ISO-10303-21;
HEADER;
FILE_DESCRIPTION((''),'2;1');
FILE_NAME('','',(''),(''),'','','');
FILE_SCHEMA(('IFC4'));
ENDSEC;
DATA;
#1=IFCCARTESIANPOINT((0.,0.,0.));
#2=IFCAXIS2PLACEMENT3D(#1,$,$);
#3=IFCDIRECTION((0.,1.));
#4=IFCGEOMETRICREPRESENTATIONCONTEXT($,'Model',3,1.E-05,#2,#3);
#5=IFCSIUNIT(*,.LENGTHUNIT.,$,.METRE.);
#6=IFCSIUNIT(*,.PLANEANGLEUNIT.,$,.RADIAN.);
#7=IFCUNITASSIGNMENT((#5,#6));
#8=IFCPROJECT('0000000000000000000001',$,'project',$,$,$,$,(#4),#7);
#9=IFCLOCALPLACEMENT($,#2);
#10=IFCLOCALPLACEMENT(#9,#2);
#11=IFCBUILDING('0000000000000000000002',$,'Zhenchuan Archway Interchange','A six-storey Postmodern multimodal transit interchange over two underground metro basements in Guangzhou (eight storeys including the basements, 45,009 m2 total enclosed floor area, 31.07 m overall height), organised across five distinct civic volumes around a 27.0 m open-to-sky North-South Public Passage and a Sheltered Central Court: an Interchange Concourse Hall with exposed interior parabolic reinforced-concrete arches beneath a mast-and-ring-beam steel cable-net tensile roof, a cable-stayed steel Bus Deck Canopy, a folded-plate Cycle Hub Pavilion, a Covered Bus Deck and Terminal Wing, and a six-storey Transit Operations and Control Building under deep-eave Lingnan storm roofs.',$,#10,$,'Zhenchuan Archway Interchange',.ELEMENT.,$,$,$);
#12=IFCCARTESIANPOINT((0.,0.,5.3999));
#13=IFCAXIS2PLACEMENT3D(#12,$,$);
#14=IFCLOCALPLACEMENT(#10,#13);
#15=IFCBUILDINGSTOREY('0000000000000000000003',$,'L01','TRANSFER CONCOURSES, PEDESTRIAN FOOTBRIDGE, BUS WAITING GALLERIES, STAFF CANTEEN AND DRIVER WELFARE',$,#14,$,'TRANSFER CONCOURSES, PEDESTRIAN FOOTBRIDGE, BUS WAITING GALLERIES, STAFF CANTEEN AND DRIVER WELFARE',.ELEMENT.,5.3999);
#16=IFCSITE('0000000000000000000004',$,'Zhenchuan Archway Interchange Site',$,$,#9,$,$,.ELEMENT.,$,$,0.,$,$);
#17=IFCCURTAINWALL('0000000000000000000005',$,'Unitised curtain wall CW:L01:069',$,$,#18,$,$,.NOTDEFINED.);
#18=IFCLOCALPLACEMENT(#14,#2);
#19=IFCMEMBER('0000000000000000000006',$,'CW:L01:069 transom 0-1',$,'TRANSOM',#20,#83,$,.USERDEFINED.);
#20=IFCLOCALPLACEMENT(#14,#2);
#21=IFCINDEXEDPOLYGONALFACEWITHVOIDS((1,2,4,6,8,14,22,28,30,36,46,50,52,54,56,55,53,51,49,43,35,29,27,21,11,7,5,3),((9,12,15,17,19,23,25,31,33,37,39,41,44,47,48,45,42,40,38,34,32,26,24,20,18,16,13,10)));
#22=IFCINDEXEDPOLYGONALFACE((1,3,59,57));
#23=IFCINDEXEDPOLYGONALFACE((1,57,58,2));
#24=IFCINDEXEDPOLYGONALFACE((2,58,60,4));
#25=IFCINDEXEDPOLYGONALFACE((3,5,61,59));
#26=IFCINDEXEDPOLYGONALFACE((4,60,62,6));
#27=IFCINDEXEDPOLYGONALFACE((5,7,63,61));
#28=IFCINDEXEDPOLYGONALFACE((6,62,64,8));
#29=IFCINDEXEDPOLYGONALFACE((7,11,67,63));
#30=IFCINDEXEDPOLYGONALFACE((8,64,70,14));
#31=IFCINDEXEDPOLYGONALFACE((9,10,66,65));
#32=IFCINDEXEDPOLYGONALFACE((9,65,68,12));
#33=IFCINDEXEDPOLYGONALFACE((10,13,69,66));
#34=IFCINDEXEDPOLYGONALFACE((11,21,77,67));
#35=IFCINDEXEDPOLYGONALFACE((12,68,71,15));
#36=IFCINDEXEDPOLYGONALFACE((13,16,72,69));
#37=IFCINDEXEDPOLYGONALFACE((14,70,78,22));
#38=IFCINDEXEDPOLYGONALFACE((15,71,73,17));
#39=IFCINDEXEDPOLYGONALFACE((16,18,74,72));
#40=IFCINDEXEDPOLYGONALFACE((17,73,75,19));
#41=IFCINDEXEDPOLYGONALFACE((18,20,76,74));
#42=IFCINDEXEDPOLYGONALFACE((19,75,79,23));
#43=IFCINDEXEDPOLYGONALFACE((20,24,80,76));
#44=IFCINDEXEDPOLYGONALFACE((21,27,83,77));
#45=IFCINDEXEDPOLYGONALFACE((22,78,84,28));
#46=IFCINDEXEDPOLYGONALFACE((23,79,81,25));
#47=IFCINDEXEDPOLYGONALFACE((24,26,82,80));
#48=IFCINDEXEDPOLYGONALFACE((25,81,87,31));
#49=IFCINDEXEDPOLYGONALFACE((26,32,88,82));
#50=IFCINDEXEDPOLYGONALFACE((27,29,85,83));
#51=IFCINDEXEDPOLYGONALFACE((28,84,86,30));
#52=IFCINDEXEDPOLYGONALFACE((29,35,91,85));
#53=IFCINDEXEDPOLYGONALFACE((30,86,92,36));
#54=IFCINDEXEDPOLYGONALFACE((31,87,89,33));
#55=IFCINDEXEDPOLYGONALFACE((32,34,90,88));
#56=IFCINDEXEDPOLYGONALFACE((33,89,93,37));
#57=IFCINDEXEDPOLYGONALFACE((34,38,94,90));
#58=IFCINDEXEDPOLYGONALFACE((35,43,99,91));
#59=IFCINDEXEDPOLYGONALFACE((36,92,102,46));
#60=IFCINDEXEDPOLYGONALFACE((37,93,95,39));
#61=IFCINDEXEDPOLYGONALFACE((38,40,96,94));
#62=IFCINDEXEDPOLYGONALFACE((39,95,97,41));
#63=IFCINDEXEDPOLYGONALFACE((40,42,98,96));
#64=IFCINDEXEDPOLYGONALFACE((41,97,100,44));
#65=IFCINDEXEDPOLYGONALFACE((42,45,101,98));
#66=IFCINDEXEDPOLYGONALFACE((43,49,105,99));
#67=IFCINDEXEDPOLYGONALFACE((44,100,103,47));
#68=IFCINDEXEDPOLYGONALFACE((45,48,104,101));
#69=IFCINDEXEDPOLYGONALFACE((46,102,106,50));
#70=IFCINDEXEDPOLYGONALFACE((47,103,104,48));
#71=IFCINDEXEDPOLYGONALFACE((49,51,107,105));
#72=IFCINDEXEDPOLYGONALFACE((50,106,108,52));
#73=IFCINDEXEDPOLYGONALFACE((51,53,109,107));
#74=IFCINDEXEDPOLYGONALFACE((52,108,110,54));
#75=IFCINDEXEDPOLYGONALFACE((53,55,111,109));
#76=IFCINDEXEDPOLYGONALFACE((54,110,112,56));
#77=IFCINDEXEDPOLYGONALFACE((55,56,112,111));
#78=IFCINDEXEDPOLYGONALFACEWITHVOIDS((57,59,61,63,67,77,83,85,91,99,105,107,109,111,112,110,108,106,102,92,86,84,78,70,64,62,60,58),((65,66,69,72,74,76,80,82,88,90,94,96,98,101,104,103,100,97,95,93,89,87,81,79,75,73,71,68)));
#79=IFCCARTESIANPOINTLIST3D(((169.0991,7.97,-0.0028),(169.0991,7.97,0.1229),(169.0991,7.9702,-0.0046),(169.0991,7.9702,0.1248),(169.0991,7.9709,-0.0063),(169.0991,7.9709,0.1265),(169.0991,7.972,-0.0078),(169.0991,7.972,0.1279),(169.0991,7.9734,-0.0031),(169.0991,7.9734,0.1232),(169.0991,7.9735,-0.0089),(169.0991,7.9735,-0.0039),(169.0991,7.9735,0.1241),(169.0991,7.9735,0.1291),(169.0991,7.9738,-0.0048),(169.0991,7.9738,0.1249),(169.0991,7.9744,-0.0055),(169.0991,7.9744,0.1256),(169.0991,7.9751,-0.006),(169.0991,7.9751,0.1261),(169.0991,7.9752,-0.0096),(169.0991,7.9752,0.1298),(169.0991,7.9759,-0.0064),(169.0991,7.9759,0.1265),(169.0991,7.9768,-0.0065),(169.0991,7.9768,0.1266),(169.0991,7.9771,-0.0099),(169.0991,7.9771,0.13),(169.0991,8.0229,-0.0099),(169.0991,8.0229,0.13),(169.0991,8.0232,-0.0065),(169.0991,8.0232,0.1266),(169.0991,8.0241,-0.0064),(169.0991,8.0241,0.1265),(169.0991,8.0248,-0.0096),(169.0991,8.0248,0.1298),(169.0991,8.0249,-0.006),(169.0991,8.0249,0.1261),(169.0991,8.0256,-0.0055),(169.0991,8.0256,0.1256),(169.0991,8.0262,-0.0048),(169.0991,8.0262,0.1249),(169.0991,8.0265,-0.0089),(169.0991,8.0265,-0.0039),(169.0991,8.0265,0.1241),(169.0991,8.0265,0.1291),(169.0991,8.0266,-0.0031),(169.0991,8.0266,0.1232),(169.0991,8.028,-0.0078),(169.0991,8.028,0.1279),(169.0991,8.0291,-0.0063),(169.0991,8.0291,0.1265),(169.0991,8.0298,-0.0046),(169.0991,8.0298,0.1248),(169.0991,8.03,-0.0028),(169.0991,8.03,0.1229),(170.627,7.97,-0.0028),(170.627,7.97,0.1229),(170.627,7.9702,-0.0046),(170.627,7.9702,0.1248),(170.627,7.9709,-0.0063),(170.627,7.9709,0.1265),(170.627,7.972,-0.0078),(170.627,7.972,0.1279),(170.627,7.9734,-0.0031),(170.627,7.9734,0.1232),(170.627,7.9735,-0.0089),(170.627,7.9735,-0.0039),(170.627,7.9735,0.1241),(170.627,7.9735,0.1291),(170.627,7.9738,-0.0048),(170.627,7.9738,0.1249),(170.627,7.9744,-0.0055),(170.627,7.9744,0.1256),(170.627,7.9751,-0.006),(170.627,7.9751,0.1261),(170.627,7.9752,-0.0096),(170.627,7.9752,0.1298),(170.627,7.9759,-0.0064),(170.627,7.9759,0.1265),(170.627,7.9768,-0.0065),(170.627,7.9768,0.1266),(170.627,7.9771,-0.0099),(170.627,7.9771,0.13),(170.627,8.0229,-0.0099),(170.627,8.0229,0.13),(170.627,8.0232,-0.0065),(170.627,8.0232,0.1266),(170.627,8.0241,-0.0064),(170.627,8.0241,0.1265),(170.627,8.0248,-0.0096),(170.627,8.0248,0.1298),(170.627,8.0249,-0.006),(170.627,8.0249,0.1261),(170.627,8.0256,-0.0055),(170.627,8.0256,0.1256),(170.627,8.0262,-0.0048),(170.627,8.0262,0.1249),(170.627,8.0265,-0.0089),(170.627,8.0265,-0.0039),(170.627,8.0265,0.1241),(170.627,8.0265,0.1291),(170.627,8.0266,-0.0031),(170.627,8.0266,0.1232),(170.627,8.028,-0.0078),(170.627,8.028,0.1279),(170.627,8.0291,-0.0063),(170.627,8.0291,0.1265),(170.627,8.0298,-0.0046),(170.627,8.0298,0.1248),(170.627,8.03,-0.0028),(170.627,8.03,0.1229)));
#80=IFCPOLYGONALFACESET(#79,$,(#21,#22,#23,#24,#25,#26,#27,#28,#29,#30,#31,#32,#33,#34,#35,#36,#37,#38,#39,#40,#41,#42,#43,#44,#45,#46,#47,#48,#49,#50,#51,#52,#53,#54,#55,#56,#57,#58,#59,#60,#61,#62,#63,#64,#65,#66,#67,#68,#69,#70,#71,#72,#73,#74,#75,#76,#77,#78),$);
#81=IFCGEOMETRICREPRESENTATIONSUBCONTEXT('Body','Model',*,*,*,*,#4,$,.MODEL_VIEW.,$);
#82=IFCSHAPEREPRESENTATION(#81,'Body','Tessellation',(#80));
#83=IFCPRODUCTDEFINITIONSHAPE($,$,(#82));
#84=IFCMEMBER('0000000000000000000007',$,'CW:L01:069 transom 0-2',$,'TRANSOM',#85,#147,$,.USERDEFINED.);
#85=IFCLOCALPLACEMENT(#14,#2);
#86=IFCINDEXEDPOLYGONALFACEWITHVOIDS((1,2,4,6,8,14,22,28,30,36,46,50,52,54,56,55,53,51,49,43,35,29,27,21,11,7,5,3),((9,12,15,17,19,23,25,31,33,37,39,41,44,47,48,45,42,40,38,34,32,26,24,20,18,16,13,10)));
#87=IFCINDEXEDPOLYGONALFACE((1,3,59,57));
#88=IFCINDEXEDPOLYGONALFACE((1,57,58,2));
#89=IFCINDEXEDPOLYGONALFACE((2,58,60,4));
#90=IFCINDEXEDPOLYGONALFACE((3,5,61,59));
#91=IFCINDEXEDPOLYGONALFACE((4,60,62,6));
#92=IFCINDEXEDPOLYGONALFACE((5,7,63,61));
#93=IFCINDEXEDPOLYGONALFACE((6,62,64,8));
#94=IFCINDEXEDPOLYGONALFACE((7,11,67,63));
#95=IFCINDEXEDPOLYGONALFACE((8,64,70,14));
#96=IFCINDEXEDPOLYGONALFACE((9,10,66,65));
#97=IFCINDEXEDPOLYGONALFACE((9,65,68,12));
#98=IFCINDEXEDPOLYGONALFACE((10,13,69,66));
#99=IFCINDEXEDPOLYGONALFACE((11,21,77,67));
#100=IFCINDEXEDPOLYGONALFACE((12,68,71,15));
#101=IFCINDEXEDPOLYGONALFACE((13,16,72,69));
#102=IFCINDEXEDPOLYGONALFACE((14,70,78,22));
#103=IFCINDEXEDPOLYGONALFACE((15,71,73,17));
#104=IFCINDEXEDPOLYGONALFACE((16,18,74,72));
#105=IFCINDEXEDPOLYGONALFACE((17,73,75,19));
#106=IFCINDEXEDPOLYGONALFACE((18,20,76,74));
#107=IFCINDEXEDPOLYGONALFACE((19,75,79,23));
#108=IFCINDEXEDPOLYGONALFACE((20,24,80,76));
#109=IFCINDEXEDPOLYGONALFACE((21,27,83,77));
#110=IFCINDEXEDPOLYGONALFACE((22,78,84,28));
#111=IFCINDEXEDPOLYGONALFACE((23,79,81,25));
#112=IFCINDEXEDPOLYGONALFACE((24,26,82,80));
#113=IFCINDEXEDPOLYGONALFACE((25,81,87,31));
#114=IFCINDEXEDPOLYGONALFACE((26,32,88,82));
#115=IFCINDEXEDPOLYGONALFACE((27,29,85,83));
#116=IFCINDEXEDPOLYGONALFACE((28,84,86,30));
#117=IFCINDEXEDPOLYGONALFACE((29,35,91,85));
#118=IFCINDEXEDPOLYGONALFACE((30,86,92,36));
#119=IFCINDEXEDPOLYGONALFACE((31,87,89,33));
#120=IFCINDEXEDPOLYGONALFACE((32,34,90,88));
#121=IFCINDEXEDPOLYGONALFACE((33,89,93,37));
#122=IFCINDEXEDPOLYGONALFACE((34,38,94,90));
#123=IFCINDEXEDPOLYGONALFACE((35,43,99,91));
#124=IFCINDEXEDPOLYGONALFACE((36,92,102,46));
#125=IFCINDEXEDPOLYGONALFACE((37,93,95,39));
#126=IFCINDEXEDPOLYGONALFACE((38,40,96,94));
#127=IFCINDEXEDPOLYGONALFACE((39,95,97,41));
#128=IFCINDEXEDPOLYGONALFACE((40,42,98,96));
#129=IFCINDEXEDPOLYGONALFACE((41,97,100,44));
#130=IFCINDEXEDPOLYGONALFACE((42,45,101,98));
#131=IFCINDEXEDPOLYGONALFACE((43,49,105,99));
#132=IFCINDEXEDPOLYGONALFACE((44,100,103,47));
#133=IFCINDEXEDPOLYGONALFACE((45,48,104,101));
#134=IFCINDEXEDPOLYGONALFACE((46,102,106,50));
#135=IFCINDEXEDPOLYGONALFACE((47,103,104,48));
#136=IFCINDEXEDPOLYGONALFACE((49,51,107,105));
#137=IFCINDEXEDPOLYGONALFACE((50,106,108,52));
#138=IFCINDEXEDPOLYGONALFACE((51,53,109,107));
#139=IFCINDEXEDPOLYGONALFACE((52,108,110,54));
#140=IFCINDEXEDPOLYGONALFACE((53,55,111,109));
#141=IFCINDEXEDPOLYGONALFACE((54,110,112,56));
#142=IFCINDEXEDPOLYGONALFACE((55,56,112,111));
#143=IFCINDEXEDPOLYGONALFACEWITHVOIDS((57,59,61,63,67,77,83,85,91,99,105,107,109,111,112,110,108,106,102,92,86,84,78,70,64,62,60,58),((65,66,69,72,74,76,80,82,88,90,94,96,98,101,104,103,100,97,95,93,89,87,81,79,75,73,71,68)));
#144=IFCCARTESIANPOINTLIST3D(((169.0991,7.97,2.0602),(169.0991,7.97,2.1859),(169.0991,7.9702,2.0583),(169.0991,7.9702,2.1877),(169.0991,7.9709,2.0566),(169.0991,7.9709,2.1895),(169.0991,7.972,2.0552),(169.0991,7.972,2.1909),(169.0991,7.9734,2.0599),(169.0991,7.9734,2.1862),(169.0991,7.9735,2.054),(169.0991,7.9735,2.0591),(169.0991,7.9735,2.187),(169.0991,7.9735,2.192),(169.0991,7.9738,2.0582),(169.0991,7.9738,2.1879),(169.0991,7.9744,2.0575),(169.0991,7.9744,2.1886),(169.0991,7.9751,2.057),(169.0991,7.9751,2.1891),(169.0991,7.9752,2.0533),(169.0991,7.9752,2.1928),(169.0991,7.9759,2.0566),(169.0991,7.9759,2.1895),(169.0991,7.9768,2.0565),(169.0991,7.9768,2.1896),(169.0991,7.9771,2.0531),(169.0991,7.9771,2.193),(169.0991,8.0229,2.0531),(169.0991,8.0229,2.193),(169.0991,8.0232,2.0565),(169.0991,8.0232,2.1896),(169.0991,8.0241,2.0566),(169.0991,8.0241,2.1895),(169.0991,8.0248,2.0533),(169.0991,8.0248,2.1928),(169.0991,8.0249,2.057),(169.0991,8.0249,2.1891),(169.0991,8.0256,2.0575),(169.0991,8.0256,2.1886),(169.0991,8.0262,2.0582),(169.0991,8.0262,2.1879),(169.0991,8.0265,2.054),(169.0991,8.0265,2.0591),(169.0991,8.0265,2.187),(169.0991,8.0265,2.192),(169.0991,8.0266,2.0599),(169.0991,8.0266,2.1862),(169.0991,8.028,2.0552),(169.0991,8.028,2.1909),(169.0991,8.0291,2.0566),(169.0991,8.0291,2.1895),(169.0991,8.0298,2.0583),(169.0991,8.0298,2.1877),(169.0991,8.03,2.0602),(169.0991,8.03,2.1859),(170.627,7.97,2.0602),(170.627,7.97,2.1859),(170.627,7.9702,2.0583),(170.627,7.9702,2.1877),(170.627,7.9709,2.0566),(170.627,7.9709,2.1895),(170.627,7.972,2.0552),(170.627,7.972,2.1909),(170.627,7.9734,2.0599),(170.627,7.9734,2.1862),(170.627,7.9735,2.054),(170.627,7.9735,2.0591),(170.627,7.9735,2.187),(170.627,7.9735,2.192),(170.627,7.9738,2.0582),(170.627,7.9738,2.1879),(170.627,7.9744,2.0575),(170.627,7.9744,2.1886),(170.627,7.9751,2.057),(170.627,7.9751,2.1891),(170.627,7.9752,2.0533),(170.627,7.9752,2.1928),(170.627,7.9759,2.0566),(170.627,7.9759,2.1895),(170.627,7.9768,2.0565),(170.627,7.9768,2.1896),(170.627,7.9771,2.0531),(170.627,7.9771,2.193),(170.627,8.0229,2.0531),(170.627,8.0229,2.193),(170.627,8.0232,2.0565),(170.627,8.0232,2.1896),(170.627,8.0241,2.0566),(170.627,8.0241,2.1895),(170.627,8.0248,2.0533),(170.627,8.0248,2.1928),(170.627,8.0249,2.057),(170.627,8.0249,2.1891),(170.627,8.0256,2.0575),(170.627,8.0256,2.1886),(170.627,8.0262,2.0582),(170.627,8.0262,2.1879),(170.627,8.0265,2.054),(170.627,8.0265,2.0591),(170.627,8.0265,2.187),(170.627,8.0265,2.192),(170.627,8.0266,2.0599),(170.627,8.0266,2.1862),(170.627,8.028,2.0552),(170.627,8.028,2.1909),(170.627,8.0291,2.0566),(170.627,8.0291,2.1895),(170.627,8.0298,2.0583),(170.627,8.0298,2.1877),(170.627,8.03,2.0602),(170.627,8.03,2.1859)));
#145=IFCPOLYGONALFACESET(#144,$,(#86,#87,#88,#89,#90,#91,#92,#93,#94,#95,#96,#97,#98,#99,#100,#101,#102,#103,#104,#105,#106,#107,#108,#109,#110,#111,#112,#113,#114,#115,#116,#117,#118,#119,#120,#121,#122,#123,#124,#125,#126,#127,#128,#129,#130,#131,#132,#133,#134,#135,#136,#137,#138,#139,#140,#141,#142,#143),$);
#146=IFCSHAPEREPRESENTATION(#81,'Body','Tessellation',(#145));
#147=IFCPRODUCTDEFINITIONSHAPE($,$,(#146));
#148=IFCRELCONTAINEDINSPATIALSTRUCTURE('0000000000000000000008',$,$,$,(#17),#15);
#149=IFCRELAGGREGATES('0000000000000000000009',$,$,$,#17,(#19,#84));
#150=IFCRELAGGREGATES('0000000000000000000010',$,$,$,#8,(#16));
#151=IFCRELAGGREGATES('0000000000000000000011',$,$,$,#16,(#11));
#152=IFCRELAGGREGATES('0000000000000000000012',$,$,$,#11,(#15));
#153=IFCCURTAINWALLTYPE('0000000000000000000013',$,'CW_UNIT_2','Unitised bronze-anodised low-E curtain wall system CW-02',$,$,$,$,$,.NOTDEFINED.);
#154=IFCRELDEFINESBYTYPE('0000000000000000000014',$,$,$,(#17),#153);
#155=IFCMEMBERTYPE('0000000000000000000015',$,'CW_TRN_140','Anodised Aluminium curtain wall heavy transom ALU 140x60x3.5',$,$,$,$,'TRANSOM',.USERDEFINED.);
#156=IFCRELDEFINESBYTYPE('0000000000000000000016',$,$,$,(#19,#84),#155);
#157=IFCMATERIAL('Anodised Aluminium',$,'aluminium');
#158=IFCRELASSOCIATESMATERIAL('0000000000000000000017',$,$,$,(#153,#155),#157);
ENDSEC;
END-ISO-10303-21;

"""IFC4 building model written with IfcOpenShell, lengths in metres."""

from ifc_helpers import new_model, si_unit, direction, frame, origin, origin_2d, place, context, subcontext, project, spatial, hollow_rectangle, extrude, material, material_profile, profile_set, type_object, element, aggregate, save


model = new_model("IFC4")

# Units and contexts
model_context = context("Model", 3, precision=1e-05, world=origin(), true_north=direction((0.0, 1.0)))
body_context = subcontext(model_context, "Body", "Model", "MODEL_VIEW")
ifc_project = project(units=[si_unit("LENGTHUNIT", "METRE"), si_unit("PLANEANGLEUNIT", "RADIAN")], contexts=[model_context])

# Site, building, storey
site_placement = place(None, origin())
site = spatial("IfcSite", under=ifc_project, at=site_placement, Name="Zhenchuan Archway Interchange Site", CompositionType="ELEMENT", RefElevation=0.0)
building_placement = place(site_placement, origin())
building = spatial("IfcBuilding", under=site, at=building_placement, Name="Zhenchuan Archway Interchange", Description="A six-storey Postmodern multimodal transit interchange over two underground metro basements in Guangzhou (eight storeys including the basements, 45,009 m2 total enclosed floor area, 31.07 m overall height), organised across five distinct civic volumes around a 27.0 m open-to-sky North-South Public Passage and a Sheltered Central Court: an Interchange Concourse Hall with exposed interior parabolic reinforced-concrete arches beneath a mast-and-ring-beam steel cable-net tensile roof, a cable-stayed steel Bus Deck Canopy, a folded-plate Cycle Hub Pavilion, a Covered Bus Deck and Terminal Wing, and a six-storey Transit Operations and Control Building under deep-eave Lingnan storm roofs.", LongName="Zhenchuan Archway Interchange", CompositionType="ELEMENT")
storey_placement = place(building_placement, frame((0.0, 0.0, 5.3999)))
storey = spatial("IfcBuildingStorey", under=building, at=storey_placement, Name="L01", Description="TRANSFER CONCOURSES, PEDESTRIAN FOOTBRIDGE, BUS WAITING GALLERIES, STAFF CANTEEN AND DRIVER WELFARE", LongName="TRANSFER CONCOURSES, PEDESTRIAN FOOTBRIDGE, BUS WAITING GALLERIES, STAFF CANTEEN AND DRIVER WELFARE", CompositionType="ELEMENT", Elevation=5.3999)

# Curtain wall, members
ifc_material_1 = material(Name="Anodised Aluminium", Category="aluminium")
curtain_wall_type = type_object("IfcCurtainWallType", Name="CW_UNIT_2", Description="Unitised bronze-anodised low-E curtain wall system CW-02", PredefinedType="NOTDEFINED", material=ifc_material_1)
curtain_wall_placement = place(storey_placement, origin())
curtain_wall = element("IfcCurtainWall", 1, at=curtain_wall_placement, inside=storey, type_object=curtain_wall_type, Name="Unitised curtain wall CW:L01:069", PredefinedType="NOTDEFINED")
ifc_material_profile_1 = material_profile(ifc_material_1, hollow_rectangle(XDim=0.0601, YDim=0.1399, WallThickness=0.0034, InnerFilletRadius=0.0034, OuterFilletRadius=0.0071, at=origin_2d()), Name="ALU 140x60x3.5")
ifc_profile_set_1 = profile_set([ifc_material_profile_1], Name="Anodised Aluminium")
member_type_1 = type_object("IfcMemberType", Name="CW_TRN_140", Description="Anodised Aluminium curtain wall heavy transom ALU 140x60x3.5", ElementType="TRANSOM", PredefinedType="USERDEFINED", material=ifc_profile_set_1)
member_1_placement = place(storey_placement, frame((170.627, 8.0, 0.0601), z_axis=(-1.0, 0.0, 0.0), x_axis=(0.0, -1.0, 0.0)))
member_1 = element("IfcMember", 2, at=member_1_placement, type_object=member_type_1, Name="CW:L01:069 transom 0-1", ObjectType="TRANSOM", PredefinedType="USERDEFINED", context=body_context, shape_type="SweptSolid", body=[
    extrude(hollow_rectangle(XDim=0.0601, YDim=0.1399, WallThickness=0.0034, InnerFilletRadius=0.0034, OuterFilletRadius=0.0071, at=origin_2d()), origin(), (0.0, 0.0, 1.0), 1.5278),
])
member_2_placement = place(storey_placement, frame((170.627, 8.0, 2.123), z_axis=(-1.0, 0.0, 0.0), x_axis=(0.0, -1.0, 0.0)))
member_2 = element("IfcMember", 3, at=member_2_placement, type_object=member_type_1, Name="CW:L01:069 transom 0-2", ObjectType="TRANSOM", PredefinedType="USERDEFINED", context=body_context, shape_type="SweptSolid", body=[
    extrude(hollow_rectangle(XDim=0.0601, YDim=0.1399, WallThickness=0.0034, InnerFilletRadius=0.0034, OuterFilletRadius=0.0071, at=origin_2d()), origin(), (0.0, 0.0, 1.0), 1.5278),
])

aggregate(curtain_wall, [member_1, member_2])

save(model, "model.ifc")
